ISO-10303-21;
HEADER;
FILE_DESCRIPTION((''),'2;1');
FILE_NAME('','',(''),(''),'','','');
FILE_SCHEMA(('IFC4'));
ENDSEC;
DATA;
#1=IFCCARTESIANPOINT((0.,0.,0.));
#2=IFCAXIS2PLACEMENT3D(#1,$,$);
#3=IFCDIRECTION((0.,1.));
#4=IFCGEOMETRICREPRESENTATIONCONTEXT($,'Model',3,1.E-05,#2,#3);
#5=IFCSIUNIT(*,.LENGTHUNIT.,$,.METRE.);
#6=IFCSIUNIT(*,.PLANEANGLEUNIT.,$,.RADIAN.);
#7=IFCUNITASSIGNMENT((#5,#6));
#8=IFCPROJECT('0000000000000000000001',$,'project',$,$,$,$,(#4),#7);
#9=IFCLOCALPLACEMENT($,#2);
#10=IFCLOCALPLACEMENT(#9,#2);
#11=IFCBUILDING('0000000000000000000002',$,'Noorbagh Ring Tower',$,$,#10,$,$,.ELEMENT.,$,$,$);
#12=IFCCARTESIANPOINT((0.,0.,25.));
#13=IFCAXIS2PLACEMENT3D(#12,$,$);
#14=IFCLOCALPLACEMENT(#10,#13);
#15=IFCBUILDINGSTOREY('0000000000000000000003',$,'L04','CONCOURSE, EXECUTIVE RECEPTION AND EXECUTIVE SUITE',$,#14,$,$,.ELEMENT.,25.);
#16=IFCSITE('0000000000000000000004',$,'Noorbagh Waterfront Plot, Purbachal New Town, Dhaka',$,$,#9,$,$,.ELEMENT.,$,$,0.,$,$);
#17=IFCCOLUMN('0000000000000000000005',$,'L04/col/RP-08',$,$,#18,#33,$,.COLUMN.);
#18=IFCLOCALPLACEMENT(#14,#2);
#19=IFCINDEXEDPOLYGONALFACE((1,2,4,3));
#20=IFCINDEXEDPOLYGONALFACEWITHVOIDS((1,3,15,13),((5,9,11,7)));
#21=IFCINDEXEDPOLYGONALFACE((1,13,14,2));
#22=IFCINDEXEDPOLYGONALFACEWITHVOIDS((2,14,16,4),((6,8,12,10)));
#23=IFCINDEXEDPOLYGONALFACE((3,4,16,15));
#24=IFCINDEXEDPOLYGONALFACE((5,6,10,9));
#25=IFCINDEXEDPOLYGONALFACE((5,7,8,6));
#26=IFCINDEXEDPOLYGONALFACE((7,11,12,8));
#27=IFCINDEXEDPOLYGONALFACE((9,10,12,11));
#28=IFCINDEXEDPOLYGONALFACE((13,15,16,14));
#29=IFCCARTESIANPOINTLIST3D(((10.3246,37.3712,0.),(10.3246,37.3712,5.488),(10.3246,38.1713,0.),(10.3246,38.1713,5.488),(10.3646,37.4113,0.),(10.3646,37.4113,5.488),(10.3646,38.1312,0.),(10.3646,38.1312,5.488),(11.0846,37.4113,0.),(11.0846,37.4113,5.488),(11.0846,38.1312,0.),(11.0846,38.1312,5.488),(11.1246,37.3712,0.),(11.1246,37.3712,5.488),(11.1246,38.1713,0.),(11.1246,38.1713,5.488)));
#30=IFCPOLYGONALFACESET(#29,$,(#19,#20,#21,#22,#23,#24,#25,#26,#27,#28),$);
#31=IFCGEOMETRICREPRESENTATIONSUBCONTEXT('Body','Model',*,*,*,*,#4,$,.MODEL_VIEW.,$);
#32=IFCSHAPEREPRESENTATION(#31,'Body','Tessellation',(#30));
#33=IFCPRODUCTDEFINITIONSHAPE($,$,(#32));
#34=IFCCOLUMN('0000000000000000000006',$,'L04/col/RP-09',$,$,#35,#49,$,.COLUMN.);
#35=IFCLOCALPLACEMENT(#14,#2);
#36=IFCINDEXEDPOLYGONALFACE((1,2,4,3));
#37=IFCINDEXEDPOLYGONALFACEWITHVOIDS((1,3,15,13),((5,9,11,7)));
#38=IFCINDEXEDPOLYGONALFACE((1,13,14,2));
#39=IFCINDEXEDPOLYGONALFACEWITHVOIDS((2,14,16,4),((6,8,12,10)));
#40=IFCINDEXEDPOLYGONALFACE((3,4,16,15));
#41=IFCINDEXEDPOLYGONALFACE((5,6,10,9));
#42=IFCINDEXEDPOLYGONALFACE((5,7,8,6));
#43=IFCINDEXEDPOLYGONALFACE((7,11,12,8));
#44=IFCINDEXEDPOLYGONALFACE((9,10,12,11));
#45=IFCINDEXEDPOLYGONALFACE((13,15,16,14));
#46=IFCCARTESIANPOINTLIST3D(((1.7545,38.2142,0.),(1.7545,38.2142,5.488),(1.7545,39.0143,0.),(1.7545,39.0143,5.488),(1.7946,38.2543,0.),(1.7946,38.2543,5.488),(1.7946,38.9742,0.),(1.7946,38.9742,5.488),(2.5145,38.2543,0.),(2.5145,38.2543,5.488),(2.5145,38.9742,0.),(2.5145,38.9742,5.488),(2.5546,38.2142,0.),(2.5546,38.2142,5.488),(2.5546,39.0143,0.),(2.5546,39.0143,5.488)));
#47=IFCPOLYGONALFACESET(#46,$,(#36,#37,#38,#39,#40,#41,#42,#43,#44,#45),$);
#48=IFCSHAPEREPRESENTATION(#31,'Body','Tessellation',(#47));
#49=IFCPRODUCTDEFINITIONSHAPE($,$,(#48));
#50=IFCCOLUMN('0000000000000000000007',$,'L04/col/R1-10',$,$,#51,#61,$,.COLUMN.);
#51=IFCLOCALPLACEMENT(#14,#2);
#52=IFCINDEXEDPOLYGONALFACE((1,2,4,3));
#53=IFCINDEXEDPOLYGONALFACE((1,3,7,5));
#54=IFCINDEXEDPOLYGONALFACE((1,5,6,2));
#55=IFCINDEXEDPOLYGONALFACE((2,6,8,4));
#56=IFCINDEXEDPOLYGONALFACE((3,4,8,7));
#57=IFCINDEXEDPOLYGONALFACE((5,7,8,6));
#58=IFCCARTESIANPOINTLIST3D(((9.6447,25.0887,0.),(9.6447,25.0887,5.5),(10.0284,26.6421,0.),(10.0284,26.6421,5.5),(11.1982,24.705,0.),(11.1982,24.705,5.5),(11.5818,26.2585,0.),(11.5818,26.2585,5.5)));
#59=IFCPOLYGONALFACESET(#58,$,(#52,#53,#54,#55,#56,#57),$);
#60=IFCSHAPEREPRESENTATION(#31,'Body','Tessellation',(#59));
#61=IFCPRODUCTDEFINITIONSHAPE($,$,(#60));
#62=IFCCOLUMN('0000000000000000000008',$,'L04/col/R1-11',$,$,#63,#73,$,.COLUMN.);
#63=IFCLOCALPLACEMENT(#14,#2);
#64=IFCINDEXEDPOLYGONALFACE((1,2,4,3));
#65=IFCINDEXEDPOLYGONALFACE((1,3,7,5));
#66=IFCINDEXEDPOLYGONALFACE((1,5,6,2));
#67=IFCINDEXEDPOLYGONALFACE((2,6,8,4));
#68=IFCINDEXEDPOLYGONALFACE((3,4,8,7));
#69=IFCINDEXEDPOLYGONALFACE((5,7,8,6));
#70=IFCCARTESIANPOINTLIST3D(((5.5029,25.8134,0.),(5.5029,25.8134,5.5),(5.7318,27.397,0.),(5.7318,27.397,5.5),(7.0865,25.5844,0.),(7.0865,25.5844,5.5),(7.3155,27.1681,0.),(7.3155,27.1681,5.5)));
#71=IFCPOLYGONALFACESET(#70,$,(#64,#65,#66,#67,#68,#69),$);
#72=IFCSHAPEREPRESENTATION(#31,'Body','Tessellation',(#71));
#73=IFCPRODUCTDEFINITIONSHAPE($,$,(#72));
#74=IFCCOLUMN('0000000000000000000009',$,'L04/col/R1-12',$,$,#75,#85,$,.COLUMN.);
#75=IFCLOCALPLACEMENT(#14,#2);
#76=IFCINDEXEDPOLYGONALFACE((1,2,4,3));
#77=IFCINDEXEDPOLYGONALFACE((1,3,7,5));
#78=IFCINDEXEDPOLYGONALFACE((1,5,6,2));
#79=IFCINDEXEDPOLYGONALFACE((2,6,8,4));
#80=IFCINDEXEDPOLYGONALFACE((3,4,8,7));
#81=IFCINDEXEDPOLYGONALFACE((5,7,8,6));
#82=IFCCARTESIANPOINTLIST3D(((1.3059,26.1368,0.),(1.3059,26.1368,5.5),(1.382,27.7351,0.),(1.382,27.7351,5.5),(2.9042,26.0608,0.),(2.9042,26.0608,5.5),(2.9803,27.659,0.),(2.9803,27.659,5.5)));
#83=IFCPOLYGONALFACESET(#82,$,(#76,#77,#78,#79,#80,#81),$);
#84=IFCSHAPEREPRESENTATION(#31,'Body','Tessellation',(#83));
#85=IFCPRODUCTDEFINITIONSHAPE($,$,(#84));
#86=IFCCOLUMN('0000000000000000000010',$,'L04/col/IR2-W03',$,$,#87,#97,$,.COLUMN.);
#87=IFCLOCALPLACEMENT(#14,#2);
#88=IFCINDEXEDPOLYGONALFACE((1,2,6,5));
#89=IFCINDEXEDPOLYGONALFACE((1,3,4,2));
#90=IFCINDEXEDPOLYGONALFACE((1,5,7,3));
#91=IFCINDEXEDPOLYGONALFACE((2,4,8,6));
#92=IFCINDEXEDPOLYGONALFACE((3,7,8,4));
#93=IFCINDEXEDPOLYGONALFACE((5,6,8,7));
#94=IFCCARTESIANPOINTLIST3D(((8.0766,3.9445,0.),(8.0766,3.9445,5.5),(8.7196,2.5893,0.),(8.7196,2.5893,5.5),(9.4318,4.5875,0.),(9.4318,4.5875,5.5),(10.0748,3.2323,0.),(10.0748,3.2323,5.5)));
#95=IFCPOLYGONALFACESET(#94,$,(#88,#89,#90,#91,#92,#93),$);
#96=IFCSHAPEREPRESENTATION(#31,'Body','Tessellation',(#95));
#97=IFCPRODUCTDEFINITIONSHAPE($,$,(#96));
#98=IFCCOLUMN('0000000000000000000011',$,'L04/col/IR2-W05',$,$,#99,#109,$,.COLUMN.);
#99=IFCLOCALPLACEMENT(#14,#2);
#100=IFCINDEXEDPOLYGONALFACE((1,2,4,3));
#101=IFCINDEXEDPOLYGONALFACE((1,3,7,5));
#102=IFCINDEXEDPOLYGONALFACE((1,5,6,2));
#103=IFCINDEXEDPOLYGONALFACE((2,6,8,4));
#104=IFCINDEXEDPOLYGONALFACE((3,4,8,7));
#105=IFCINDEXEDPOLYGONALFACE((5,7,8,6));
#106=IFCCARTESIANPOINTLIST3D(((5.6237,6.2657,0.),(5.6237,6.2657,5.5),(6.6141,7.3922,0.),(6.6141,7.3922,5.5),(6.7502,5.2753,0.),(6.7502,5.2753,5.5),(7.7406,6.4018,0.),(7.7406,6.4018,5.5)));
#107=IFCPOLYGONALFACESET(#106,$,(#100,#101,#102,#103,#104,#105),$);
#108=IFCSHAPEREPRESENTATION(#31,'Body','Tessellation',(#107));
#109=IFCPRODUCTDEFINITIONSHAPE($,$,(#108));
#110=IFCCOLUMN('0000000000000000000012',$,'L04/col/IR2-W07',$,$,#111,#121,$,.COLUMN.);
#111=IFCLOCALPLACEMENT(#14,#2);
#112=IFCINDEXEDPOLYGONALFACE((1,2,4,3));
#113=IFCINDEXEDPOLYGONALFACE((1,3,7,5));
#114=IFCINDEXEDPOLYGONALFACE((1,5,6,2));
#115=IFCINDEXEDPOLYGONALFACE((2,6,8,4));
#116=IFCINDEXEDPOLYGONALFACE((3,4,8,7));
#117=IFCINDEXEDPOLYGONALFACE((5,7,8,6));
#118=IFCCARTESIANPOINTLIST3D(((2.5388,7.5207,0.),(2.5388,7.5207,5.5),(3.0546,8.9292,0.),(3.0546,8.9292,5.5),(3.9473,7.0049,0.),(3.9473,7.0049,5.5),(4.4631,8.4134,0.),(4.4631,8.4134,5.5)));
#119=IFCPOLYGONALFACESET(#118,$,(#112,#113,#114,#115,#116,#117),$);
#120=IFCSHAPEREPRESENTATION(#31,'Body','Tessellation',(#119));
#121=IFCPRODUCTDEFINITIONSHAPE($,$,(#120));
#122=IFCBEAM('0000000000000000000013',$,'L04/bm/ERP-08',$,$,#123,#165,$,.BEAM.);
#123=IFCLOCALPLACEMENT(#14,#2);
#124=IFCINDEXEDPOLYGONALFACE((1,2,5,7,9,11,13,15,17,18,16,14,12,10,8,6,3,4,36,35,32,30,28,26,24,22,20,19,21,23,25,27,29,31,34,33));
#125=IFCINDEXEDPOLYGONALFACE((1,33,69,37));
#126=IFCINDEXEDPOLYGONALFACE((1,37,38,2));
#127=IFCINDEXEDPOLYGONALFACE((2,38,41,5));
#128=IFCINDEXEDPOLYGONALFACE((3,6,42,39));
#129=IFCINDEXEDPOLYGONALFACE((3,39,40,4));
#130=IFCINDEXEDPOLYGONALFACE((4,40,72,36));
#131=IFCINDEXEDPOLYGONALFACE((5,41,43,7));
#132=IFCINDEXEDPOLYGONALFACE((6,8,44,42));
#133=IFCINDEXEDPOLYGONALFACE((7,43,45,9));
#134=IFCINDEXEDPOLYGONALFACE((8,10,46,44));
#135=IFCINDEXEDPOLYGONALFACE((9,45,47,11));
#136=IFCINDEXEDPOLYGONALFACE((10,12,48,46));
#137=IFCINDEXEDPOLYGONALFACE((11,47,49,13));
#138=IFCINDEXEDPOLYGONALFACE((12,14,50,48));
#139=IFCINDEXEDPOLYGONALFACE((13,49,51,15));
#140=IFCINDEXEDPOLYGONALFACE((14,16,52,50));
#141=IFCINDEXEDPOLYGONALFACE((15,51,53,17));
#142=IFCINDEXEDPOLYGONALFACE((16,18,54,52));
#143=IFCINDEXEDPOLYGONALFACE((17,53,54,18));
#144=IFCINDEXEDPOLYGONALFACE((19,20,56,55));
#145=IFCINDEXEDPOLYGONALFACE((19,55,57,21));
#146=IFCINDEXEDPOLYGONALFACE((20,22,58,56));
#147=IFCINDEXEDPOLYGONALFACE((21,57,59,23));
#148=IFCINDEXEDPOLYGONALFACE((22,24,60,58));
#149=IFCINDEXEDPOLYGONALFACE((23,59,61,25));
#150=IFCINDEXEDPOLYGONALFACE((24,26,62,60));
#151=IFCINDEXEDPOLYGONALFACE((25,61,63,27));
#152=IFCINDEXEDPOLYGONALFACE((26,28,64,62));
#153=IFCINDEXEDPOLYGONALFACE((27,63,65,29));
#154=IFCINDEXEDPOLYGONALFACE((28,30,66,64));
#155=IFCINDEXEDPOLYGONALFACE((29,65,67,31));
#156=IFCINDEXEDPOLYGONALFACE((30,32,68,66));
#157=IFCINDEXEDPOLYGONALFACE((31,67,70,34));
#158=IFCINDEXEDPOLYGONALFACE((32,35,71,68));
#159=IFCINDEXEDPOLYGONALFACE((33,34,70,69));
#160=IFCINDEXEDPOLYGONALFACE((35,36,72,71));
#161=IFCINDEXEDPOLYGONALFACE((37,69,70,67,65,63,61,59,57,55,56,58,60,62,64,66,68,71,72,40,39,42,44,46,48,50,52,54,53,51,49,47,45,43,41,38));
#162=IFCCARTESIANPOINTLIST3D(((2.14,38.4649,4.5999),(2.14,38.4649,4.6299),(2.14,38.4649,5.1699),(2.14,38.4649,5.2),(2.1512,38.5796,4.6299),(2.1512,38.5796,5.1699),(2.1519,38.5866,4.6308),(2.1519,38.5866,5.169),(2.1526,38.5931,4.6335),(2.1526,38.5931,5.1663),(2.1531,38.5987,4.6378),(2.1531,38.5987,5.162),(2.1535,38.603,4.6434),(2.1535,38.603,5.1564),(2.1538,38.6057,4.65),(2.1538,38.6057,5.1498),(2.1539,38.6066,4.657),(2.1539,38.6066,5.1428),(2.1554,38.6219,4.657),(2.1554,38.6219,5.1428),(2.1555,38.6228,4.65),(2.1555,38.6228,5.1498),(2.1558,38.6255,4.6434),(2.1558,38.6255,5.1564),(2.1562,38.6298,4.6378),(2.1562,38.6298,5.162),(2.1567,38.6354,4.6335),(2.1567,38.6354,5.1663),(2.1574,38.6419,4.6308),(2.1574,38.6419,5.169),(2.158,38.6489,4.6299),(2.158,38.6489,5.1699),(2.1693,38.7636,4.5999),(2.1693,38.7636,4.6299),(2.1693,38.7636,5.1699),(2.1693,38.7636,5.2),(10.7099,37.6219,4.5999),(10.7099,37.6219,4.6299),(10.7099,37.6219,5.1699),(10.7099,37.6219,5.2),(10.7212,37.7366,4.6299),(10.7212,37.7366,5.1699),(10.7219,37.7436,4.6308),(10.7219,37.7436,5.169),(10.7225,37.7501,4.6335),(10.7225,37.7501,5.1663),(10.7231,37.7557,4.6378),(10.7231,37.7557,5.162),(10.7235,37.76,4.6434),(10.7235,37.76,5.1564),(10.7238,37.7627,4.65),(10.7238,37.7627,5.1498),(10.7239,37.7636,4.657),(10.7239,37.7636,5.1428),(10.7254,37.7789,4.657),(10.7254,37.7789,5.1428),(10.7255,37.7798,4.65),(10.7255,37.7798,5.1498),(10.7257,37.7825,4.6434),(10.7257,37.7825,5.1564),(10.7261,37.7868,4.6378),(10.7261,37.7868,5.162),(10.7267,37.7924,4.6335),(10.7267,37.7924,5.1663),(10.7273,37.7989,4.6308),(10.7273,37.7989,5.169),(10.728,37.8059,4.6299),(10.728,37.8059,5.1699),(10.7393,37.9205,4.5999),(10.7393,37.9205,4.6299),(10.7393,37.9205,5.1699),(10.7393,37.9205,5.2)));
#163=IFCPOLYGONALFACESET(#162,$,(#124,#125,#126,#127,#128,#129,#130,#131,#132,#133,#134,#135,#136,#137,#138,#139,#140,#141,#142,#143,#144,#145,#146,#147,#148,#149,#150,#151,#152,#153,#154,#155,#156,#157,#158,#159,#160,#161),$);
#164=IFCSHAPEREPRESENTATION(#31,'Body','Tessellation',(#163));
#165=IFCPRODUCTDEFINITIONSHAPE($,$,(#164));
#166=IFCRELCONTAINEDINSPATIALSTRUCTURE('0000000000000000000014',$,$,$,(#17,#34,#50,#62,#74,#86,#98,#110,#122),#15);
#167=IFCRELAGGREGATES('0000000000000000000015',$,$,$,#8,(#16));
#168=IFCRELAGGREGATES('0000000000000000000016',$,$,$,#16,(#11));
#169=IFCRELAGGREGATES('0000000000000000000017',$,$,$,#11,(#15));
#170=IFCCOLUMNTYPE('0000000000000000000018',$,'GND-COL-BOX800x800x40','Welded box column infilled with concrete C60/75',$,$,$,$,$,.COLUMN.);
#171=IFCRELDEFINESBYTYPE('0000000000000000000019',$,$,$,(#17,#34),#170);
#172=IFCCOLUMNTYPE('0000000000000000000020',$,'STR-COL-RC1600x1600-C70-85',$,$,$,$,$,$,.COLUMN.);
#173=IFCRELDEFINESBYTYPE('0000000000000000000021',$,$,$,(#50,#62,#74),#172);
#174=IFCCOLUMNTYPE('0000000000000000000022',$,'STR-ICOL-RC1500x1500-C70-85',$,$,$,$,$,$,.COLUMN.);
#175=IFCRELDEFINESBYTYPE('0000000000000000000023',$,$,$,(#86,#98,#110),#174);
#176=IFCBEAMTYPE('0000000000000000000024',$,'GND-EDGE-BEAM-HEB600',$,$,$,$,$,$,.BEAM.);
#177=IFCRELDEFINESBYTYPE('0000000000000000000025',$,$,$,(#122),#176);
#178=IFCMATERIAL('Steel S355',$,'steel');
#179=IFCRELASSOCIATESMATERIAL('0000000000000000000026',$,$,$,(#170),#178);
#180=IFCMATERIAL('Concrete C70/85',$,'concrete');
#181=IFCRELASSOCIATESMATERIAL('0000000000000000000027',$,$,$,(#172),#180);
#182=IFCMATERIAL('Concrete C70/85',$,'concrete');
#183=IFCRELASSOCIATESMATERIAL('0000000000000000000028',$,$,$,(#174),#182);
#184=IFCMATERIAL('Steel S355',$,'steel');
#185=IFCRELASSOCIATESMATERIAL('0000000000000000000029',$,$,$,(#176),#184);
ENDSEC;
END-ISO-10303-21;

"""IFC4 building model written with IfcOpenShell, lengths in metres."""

from ifc_helpers import new_model, si_unit, direction, frame, origin, origin_2d, place, context, subcontext, project, spatial, rectangle, hollow_rectangle, i_section, extrude, material, material_profile, profile_set, type_object, element, save


model = new_model("IFC4")

# Units and contexts
model_context = context("Model", 3, precision=1e-05, world=origin(), true_north=direction((0.0, 1.0)))
body_context = subcontext(model_context, "Body", "Model", "MODEL_VIEW")
ifc_project = project(units=[si_unit("LENGTHUNIT", "METRE"), si_unit("PLANEANGLEUNIT", "RADIAN")], contexts=[model_context])

# Site, building, storey
site_placement = place(None, origin())
site = spatial("IfcSite", under=ifc_project, at=site_placement, Name="Noorbagh Waterfront Plot, Purbachal New Town, Dhaka", CompositionType="ELEMENT", RefElevation=0.0)
building_placement = place(site_placement, origin())
building = spatial("IfcBuilding", under=site, at=building_placement, Name="Noorbagh Ring Tower", CompositionType="ELEMENT")
storey_placement = place(building_placement, frame((0.0, 0.0, 25.0)))
storey = spatial("IfcBuildingStorey", under=building, at=storey_placement, Name="L04", Description="CONCOURSE, EXECUTIVE RECEPTION AND EXECUTIVE SUITE", CompositionType="ELEMENT", Elevation=25.0)

# Columns
ifc_material_1 = material(Name="Steel S355", Category="steel")
ifc_material_profile_1 = material_profile(ifc_material_1, hollow_rectangle(XDim=0.8, YDim=0.8, WallThickness=0.04, at=origin_2d()), Name="BOX800x800x40")
ifc_profile_set_1 = profile_set([ifc_material_profile_1], Name="Steel S355")
column_type_1 = type_object("IfcColumnType", Name="GND-COL-BOX800x800x40", Description="Welded box column infilled with concrete C60/75", PredefinedType="COLUMN", material=ifc_profile_set_1)
for number, where, z_axis, x_axis, name in (
    (1, (10.7246, 37.7712, 0.0), (0.0, 0.0, 1.0), (1.0, 0.0, 0.0), "L04/col/RP-08"),
    (2, (2.1545, 38.6143, 0.0), (0.0, 0.0, 1.0), (1.0, 0.0, 0.0), "L04/col/RP-09"),
):
    element("IfcColumn", number, at=place(storey_placement, frame(where, z_axis=z_axis, x_axis=x_axis)), inside=storey, type_object=column_type_1, Name=name, PredefinedType="COLUMN", context=body_context, shape_type="SweptSolid", body=[
        extrude(hollow_rectangle(XDim=0.8, YDim=0.8, WallThickness=0.04, at=origin_2d()), origin(), (0.0, 0.0, 1.0), 5.488),
    ])
ifc_material_2 = material(Name="Concrete C70/85", Category="concrete")
ifc_material_profile_2 = material_profile(ifc_material_2, rectangle(XDim=1.6001, YDim=1.6001, at=origin_2d()), Name="RC1600x1600")
ifc_profile_set_2 = profile_set([ifc_material_profile_2], Name="Concrete C70/85")
column_type_2 = type_object("IfcColumnType", Name="STR-COL-RC1600x1600-C70-85", PredefinedType="COLUMN", material=ifc_profile_set_2)
for number, where, z_axis, x_axis, name in (
    (3, (10.6133, 25.6736, 0.0), (0.0, 0.0, 1.0), (-0.970829, 0.239771, 0.0), "L04/col/R1-10"),
    (4, (6.4092, 26.4907, 0.0), (0.0, 0.0, 1.0), (-0.989713, 0.143066, 0.0), "L04/col/R1-11"),
    (5, (2.1431, 26.8979, 0.0), (0.0, 0.0, 1.0), (-0.998869, 0.047553, 0.0), "L04/col/R1-12"),
):
    element("IfcColumn", number, at=place(storey_placement, frame(where, z_axis=z_axis, x_axis=x_axis)), inside=storey, type_object=column_type_2, Name=name, PredefinedType="COLUMN", context=body_context, shape_type="SweptSolid", body=[
        extrude(rectangle(XDim=1.6001, YDim=1.6001, at=origin_2d()), origin(), (0.0, 0.0, 1.0), 5.5),
    ])
ifc_material_3 = material(Name="Concrete C70/85", Category="concrete")
ifc_material_profile_3 = material_profile(ifc_material_3, rectangle(XDim=1.5, YDim=1.5, at=origin_2d()), Name="RC1500x1500")
ifc_profile_set_3 = profile_set([ifc_material_profile_3], Name="Concrete C70/85")
column_type_3 = type_object("IfcColumnType", Name="STR-ICOL-RC1500x1500-C70-85", PredefinedType="COLUMN", material=ifc_profile_set_3)
for number, where, z_axis, x_axis, name in (
    (6, (9.0757, 3.5884, 0.0), (0.0, 0.0, 1.0), (-0.428667, 0.903463, 0.0), "L04/col/IR2-W03"),
    (7, (6.6821, 6.3337, 0.0), (0.0, 0.0, 1.0), (-0.751022, 0.660277, 0.0), "L04/col/IR2-W05"),
    (8, (3.501, 7.967, 0.0), (0.0, 0.0, 1.0), (-0.93902, 0.343864, 0.0), "L04/col/IR2-W07"),
):
    element("IfcColumn", number, at=place(storey_placement, frame(where, z_axis=z_axis, x_axis=x_axis)), inside=storey, type_object=column_type_3, Name=name, PredefinedType="COLUMN", context=body_context, shape_type="SweptSolid", body=[
        extrude(rectangle(XDim=1.5, YDim=1.5, at=origin_2d()), origin(), (0.0, 0.0, 1.0), 5.5),
    ])

# Beam
ifc_material_4 = material(Name="Steel S355", Category="steel")
ifc_material_profile_4 = material_profile(ifc_material_4, i_section(OverallWidth=0.3, OverallDepth=0.6001, WebThickness=0.0154, FlangeThickness=0.03, FilletRadius=0.0271, at=origin_2d()), Name="HEB600")
ifc_profile_set_4 = profile_set([ifc_material_profile_4], Name="Steel S355")
beam_type_1 = type_object("IfcBeamType", Name="GND-EDGE-BEAM-HEB600", PredefinedType="BEAM", material=ifc_profile_set_4)
beam_1_placement = place(storey_placement, frame((10.7246, 37.7712, 4.8999), z_axis=(-0.995197, 0.097895, 0.0), x_axis=(-0.097895, -0.995197, 0.0)))
element("IfcBeam", 9, at=beam_1_placement, inside=storey, type_object=beam_type_1, Name="L04/bm/ERP-08", PredefinedType="BEAM", context=body_context, shape_type="SweptSolid", body=[
    extrude(i_section(OverallWidth=0.3, OverallDepth=0.6001, WebThickness=0.0154, FlangeThickness=0.03, FilletRadius=0.0271, at=origin_2d()), origin(), (0.0, 0.0, 1.0), 8.6113),
])

save(model, "model.ifc")
